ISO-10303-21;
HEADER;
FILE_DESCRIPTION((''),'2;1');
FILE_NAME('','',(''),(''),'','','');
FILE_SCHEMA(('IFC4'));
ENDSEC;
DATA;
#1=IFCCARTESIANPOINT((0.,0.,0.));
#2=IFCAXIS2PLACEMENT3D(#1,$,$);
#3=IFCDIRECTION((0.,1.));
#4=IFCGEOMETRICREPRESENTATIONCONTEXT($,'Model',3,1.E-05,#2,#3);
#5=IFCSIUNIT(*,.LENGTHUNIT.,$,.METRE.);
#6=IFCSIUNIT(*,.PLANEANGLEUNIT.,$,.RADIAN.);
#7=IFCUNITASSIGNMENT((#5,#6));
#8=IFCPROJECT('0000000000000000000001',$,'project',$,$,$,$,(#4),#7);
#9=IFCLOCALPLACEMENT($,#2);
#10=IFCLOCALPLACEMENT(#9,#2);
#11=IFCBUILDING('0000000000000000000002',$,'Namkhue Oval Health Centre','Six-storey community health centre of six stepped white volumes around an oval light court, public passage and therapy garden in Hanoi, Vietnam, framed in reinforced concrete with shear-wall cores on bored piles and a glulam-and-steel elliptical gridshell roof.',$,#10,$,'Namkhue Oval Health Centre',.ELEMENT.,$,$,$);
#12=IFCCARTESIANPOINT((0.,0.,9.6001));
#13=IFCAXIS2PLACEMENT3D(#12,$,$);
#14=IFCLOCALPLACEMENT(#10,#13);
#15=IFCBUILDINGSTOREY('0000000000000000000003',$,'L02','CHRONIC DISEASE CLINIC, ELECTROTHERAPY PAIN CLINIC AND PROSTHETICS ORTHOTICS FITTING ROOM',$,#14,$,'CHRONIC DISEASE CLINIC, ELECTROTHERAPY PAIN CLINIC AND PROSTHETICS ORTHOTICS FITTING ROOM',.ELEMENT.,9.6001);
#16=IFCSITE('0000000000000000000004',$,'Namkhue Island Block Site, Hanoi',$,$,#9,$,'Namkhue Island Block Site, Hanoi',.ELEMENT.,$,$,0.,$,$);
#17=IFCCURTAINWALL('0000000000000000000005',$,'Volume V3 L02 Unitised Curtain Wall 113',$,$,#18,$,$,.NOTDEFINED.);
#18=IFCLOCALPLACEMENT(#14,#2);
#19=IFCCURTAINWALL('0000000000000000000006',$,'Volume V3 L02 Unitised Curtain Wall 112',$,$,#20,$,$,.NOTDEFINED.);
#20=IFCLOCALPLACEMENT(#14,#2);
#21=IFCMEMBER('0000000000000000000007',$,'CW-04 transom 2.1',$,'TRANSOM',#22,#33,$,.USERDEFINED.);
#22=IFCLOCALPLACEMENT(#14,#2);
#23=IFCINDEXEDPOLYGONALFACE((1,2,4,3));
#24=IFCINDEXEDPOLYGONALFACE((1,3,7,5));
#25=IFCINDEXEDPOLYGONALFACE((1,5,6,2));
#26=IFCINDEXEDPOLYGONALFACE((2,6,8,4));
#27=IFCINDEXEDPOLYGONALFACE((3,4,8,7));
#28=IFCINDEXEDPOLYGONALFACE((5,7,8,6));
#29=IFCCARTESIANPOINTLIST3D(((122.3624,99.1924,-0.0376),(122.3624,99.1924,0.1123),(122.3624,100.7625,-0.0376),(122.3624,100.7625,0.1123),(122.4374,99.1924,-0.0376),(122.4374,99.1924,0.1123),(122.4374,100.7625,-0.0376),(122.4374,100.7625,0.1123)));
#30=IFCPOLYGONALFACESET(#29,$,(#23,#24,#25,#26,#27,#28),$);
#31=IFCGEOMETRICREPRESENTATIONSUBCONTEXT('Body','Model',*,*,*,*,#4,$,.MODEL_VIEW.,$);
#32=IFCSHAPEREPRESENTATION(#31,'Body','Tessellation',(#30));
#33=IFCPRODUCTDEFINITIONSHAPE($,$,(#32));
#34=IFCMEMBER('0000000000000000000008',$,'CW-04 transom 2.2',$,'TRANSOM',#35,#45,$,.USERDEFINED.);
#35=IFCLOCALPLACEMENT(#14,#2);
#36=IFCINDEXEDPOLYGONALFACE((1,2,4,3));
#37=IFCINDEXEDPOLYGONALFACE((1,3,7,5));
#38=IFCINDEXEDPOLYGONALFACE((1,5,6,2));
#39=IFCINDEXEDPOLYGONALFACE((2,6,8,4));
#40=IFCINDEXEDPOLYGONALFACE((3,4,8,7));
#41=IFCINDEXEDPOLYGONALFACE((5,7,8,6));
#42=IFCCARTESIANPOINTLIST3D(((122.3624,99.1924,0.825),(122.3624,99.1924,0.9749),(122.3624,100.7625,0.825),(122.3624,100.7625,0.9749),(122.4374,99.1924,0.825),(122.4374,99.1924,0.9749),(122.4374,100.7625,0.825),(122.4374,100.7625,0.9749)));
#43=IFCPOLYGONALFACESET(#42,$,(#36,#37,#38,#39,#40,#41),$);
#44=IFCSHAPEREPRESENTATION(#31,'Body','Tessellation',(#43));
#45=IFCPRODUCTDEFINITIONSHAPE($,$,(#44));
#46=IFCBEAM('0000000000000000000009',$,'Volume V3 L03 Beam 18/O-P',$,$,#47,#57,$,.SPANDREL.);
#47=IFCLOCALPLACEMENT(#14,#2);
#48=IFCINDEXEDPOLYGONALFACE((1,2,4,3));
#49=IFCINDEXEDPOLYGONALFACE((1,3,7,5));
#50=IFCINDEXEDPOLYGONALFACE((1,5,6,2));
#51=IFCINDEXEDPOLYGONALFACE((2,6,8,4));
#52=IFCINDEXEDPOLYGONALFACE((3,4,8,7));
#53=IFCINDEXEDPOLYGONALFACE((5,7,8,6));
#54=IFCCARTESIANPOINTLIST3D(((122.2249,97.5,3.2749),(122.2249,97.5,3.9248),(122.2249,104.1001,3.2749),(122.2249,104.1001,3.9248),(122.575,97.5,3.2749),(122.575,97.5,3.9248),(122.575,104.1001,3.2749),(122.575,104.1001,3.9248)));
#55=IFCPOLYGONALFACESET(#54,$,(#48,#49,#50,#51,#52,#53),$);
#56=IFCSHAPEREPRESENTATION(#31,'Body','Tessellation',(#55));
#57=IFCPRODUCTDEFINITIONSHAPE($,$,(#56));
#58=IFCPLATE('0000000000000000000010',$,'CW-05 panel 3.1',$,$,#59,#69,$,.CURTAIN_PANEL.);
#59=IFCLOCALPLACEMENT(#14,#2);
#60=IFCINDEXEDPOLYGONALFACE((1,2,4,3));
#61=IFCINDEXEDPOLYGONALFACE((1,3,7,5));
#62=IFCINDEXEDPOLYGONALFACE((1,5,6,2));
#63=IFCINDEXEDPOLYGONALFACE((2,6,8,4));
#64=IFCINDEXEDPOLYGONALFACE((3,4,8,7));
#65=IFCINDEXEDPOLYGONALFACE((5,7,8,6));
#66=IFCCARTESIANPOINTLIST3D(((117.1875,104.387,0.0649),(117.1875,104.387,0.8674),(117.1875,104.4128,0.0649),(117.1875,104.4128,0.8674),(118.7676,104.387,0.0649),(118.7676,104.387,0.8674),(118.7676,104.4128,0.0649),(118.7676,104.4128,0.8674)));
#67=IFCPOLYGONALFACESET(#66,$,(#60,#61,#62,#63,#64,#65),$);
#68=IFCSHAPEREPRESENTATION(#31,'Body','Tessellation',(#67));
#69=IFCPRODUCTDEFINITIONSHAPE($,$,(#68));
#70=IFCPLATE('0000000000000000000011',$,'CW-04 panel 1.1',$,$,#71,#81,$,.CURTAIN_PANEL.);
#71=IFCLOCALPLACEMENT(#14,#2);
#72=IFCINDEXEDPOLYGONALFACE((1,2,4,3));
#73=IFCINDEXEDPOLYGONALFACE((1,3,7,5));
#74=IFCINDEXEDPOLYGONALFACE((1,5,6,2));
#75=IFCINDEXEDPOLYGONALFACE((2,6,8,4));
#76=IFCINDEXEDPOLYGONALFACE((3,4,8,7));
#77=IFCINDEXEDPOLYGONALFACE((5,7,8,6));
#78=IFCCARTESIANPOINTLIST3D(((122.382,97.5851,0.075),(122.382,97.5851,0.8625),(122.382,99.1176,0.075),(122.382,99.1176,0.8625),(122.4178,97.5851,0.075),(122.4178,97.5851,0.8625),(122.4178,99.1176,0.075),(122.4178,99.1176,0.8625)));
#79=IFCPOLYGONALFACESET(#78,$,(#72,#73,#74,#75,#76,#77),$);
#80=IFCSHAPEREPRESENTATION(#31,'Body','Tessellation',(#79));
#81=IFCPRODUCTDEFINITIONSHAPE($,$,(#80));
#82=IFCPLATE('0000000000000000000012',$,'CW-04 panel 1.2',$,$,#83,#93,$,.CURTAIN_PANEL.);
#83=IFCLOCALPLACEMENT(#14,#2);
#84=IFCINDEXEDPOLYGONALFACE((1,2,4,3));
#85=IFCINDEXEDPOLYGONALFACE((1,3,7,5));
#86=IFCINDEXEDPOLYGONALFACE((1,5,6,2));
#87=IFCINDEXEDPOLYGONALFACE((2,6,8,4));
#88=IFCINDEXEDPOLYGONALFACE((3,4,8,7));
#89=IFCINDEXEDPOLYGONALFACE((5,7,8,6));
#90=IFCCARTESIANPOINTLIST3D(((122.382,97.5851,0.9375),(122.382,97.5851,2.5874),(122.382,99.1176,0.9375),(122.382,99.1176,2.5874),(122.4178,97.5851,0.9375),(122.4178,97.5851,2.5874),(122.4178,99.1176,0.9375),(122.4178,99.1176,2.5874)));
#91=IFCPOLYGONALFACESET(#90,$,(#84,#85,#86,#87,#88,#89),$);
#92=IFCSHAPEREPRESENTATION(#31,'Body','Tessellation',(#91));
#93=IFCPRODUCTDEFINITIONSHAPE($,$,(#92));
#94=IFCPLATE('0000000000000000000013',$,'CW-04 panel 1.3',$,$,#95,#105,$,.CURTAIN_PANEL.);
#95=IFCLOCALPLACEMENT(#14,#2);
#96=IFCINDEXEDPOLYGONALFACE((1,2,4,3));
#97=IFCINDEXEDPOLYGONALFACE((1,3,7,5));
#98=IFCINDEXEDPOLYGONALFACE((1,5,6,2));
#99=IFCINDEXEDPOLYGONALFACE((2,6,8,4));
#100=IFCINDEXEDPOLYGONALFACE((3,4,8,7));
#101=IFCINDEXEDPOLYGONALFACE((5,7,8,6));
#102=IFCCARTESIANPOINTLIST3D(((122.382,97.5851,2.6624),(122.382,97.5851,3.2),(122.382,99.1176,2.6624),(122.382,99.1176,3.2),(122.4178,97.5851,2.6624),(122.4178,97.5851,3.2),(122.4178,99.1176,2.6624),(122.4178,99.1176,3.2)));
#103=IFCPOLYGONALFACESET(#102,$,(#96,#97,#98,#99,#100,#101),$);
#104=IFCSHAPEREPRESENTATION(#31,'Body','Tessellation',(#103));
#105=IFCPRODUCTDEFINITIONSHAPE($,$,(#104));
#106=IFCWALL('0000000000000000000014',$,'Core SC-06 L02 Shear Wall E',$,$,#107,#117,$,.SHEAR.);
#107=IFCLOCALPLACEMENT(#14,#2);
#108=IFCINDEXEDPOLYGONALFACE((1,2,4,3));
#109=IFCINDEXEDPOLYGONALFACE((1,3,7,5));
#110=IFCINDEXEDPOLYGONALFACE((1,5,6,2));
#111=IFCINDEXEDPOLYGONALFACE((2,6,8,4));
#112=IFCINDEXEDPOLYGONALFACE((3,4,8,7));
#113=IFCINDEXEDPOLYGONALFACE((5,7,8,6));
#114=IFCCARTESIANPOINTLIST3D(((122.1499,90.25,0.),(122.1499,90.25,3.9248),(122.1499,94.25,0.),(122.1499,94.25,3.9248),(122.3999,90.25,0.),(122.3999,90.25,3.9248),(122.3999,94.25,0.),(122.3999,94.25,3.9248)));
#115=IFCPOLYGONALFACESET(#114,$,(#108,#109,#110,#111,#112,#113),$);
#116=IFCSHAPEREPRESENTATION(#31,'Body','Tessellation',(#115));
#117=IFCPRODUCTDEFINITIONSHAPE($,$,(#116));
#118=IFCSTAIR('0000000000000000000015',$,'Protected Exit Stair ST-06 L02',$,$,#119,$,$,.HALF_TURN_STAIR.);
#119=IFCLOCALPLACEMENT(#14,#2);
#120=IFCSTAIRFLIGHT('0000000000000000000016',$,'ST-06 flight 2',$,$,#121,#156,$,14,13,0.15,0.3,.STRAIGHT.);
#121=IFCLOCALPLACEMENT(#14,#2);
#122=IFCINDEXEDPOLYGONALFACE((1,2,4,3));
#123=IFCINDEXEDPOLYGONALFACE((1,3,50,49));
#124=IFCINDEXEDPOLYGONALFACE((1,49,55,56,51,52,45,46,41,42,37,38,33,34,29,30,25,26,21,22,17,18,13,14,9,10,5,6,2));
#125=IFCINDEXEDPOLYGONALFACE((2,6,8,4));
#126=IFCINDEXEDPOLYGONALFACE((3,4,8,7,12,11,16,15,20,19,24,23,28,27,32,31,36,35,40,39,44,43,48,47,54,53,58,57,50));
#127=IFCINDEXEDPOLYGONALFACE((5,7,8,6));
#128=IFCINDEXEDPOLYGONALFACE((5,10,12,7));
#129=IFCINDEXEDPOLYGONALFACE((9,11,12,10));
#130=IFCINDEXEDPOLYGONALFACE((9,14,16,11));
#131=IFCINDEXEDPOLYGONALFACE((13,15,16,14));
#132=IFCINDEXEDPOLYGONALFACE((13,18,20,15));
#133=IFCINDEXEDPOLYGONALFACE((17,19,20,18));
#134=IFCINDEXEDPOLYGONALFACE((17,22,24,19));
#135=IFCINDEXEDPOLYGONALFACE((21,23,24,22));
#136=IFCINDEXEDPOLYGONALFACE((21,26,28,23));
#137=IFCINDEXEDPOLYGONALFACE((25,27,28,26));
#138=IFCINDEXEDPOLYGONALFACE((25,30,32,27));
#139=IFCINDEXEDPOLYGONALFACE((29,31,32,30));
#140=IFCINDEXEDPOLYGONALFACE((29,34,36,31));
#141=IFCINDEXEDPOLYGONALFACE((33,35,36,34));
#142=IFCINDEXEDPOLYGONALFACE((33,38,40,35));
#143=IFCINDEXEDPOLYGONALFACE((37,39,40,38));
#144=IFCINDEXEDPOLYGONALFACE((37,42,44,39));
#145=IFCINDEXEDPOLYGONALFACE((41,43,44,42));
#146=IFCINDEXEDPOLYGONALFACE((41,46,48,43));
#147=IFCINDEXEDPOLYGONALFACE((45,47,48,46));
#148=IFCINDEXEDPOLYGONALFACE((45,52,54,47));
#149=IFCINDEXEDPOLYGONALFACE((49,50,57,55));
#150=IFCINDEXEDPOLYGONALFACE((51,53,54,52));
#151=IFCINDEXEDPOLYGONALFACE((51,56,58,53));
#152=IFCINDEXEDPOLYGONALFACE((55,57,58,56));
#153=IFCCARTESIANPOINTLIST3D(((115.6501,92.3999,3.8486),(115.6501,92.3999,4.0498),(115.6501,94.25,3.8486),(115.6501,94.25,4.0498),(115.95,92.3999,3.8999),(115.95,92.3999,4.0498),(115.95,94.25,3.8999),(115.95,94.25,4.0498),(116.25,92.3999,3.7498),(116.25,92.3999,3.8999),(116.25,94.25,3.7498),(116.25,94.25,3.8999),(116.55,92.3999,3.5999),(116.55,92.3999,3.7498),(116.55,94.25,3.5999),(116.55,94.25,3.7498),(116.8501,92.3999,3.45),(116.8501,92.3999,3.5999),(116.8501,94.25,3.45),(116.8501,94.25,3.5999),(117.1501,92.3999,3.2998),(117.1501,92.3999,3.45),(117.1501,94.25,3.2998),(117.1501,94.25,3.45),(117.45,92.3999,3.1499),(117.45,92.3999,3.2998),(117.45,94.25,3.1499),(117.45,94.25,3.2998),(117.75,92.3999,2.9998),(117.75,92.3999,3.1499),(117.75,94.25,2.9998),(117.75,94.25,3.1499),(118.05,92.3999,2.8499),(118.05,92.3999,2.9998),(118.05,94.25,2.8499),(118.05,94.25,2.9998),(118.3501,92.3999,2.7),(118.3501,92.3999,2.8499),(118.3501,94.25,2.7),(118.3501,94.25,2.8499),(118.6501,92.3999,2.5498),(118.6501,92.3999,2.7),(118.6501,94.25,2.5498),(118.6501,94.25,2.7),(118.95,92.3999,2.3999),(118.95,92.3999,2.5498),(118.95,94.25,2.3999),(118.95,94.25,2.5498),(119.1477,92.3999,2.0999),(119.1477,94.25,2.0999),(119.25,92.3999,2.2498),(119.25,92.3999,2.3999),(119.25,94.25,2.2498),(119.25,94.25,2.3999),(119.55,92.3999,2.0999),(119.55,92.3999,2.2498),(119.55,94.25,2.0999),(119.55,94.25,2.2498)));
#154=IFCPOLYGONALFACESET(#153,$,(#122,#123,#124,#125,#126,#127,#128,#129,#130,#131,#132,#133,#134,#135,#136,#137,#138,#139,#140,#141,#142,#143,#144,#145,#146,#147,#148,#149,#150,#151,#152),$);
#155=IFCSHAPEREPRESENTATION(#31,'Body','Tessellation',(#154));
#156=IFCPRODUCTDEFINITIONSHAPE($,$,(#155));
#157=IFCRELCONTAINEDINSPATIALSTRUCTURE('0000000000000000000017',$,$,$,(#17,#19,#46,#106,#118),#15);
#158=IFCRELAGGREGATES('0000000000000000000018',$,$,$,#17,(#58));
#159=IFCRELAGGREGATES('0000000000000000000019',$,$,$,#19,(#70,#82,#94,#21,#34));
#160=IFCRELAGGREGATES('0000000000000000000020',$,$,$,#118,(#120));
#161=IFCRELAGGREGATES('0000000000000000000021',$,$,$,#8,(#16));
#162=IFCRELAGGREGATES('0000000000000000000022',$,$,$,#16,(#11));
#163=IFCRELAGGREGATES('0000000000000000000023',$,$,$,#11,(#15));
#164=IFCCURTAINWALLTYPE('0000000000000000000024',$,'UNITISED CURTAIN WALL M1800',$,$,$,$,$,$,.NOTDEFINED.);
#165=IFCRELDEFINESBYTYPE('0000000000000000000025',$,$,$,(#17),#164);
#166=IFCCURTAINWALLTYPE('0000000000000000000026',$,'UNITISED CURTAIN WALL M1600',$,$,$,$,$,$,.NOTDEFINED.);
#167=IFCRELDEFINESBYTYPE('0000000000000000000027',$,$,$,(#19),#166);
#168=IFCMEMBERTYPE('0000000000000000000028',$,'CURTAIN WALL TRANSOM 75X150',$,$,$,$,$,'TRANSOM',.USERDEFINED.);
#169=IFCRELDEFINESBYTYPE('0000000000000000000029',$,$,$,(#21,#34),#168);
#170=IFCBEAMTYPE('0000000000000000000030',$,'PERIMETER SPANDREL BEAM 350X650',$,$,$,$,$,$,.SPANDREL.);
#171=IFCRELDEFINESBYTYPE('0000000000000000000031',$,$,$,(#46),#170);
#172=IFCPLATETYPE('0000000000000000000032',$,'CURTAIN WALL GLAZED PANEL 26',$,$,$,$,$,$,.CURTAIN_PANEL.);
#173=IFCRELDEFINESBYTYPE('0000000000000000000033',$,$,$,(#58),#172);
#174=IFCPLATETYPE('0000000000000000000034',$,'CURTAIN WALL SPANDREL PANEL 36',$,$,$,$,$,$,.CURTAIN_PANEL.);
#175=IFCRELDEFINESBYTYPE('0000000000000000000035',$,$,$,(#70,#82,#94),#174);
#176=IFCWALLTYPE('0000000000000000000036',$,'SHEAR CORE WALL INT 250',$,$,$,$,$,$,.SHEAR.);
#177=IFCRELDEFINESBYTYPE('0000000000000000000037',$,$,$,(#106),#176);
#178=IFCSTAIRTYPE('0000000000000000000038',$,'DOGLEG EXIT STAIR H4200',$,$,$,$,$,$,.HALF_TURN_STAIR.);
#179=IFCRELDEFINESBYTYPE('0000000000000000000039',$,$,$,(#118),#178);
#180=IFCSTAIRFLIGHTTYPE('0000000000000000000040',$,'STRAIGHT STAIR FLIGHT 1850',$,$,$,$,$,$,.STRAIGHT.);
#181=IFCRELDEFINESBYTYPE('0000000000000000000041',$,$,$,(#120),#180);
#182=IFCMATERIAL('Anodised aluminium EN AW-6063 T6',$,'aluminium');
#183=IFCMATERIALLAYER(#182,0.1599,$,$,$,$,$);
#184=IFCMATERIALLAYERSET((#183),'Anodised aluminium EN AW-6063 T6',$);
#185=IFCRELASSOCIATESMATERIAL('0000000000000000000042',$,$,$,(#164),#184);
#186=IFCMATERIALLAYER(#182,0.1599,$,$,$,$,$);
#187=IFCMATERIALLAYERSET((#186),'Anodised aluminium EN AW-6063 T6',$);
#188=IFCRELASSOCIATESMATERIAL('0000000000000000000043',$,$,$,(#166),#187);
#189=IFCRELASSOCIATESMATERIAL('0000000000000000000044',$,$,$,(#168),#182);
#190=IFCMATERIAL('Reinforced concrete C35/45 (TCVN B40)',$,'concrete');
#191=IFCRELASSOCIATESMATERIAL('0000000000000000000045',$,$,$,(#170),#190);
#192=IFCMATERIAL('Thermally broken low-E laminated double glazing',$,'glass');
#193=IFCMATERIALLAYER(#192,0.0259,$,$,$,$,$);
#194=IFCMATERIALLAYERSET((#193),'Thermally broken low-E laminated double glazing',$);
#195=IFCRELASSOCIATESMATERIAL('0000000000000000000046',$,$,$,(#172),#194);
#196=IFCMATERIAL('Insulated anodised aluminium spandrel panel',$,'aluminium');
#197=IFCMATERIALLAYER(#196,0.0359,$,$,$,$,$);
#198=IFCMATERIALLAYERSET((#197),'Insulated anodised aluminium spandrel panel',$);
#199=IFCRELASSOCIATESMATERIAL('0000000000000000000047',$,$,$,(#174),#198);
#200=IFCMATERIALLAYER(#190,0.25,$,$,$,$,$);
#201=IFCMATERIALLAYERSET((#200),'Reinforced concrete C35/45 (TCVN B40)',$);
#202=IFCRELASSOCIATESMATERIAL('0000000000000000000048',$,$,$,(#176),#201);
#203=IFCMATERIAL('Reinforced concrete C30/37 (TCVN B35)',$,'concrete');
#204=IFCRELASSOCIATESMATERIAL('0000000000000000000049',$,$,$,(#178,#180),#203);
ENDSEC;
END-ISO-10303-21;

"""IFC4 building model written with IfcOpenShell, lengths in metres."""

from ifc_helpers import new_model, si_unit, direction, frame, frame_2d, origin, origin_2d, place, context, subcontext, project, spatial, polyline, rectangle, outline, extrude, material, layer, layer_set, material_profile, profile_set, type_object, element, aggregate, save


model = new_model("IFC4")

# Units and contexts
model_context = context("Model", 3, precision=1e-05, world=origin(), true_north=direction((0.0, 1.0)))
body_context = subcontext(model_context, "Body", "Model", "MODEL_VIEW")
ifc_project = project(units=[si_unit("LENGTHUNIT", "METRE"), si_unit("PLANEANGLEUNIT", "RADIAN")], contexts=[model_context])

# Site, building, storey
site_placement = place(None, origin())
site = spatial("IfcSite", under=ifc_project, at=site_placement, Name="Namkhue Island Block Site, Hanoi", LongName="Namkhue Island Block Site, Hanoi", CompositionType="ELEMENT", RefElevation=0.0)
building_placement = place(site_placement, origin())
building = spatial("IfcBuilding", under=site, at=building_placement, Name="Namkhue Oval Health Centre", Description="Six-storey community health centre of six stepped white volumes around an oval light court, public passage and therapy garden in Hanoi, Vietnam, framed in reinforced concrete with shear-wall cores on bored piles and a glulam-and-steel elliptical gridshell roof.", LongName="Namkhue Oval Health Centre", CompositionType="ELEMENT")
storey_placement = place(building_placement, frame((0.0, 0.0, 9.6001)))
storey = spatial("IfcBuildingStorey", under=building, at=storey_placement, Name="L02", Description="CHRONIC DISEASE CLINIC, ELECTROTHERAPY PAIN CLINIC AND PROSTHETICS ORTHOTICS FITTING ROOM", LongName="CHRONIC DISEASE CLINIC, ELECTROTHERAPY PAIN CLINIC AND PROSTHETICS ORTHOTICS FITTING ROOM", CompositionType="ELEMENT", Elevation=9.6001)

# Shared definitions
ifc_material_1 = material(Name="Reinforced concrete C35/45 (TCVN B40)", Category="concrete")

# Curtain wall
ifc_material_2 = material(Name="Anodised aluminium EN AW-6063 T6", Category="aluminium")
ifc_layer_1 = layer(ifc_material_2, 0.1599)
ifc_layer_set_1 = layer_set([ifc_layer_1], Name="Anodised aluminium EN AW-6063 T6")
curtain_wall_type_1 = type_object("IfcCurtainWallType", Name="UNITISED CURTAIN WALL M1800", PredefinedType="NOTDEFINED", material=ifc_layer_set_1)
curtain_wall_1_placement = place(storey_placement, origin())
curtain_wall_1 = element("IfcCurtainWall", 1, at=curtain_wall_1_placement, inside=storey, type_object=curtain_wall_type_1, Name="Volume V3 L02 Unitised Curtain Wall 113", PredefinedType="NOTDEFINED")

# Curtain wall
ifc_layer_2 = layer(ifc_material_2, 0.1599)
ifc_layer_set_2 = layer_set([ifc_layer_2], Name="Anodised aluminium EN AW-6063 T6")
curtain_wall_type_2 = type_object("IfcCurtainWallType", Name="UNITISED CURTAIN WALL M1600", PredefinedType="NOTDEFINED", material=ifc_layer_set_2)
curtain_wall_2_placement = place(storey_placement, origin())
curtain_wall_2 = element("IfcCurtainWall", 2, at=curtain_wall_2_placement, inside=storey, type_object=curtain_wall_type_2, Name="Volume V3 L02 Unitised Curtain Wall 112", PredefinedType="NOTDEFINED")

# Members
ifc_material_profile_1 = material_profile(ifc_material_2, rectangle(XDim=0.075, YDim=0.1499, at=origin_2d()), Name="ALU 75x150")
ifc_profile_set_1 = profile_set([ifc_material_profile_1], Name="Anodised aluminium EN AW-6063 T6")
member_type_1 = type_object("IfcMemberType", Name="CURTAIN WALL TRANSOM 75X150", ElementType="TRANSOM", PredefinedType="USERDEFINED", material=ifc_profile_set_1)
member_1_placement = place(storey_placement, frame((122.3999, 99.1924, 0.0374), z_axis=(0.0, 1.0, 0.0), x_axis=(-1.0, 0.0, 0.0)))
member_1 = element("IfcMember", 3, at=member_1_placement, type_object=member_type_1, Name="CW-04 transom 2.1", ObjectType="TRANSOM", PredefinedType="USERDEFINED", context=body_context, shape_type="SweptSolid", body=[
    extrude(rectangle(XDim=0.075, YDim=0.1499, at=origin_2d()), origin(), (0.0, 0.0, 1.0), 1.5701),
])
member_2_placement = place(storey_placement, frame((122.3999, 99.1924, 0.8999), z_axis=(0.0, 1.0, 0.0), x_axis=(-1.0, 0.0, 0.0)))
member_2 = element("IfcMember", 4, at=member_2_placement, type_object=member_type_1, Name="CW-04 transom 2.2", ObjectType="TRANSOM", PredefinedType="USERDEFINED", context=body_context, shape_type="SweptSolid", body=[
    extrude(rectangle(XDim=0.075, YDim=0.1499, at=origin_2d()), origin(), (0.0, 0.0, 1.0), 1.5701),
])

# Beam
ifc_material_profile_2 = material_profile(ifc_material_1, rectangle(XDim=0.3501, YDim=0.6499, at=origin_2d()), Name="RC 350x650")
ifc_profile_set_2 = profile_set([ifc_material_profile_2], Name="Reinforced concrete C35/45 (TCVN B40)")
beam_type = type_object("IfcBeamType", Name="PERIMETER SPANDREL BEAM 350X650", PredefinedType="SPANDREL", material=ifc_profile_set_2)
beam_placement = place(storey_placement, frame((122.3999, 97.5, 3.5999), z_axis=(0.0, 1.0, 0.0), x_axis=(-1.0, 0.0, 0.0)))
element("IfcBeam", 5, at=beam_placement, inside=storey, type_object=beam_type, Name="Volume V3 L03 Beam 18/O-P", PredefinedType="SPANDREL", context=body_context, shape_type="SweptSolid", body=[
    extrude(rectangle(XDim=0.3501, YDim=0.6499, at=origin_2d()), origin(), (0.0, 0.0, 1.0), 6.6001),
])

# Plates
ifc_material_3 = material(Name="Thermally broken low-E laminated double glazing", Category="glass")
ifc_layer_3 = layer(ifc_material_3, 0.0259)
ifc_layer_set_3 = layer_set([ifc_layer_3], Name="Thermally broken low-E laminated double glazing")
plate_type_1 = type_object("IfcPlateType", Name="CURTAIN WALL GLAZED PANEL 26", PredefinedType="CURTAIN_PANEL", material=ifc_layer_set_3)
plate_1_placement = place(storey_placement, frame((117.9775, 104.3999, 0.0649), z_axis=(0.0, 0.0, 1.0), x_axis=(-1.0, 0.0, 0.0)))
plate_1 = element("IfcPlate", 6, at=plate_1_placement, type_object=plate_type_1, Name="CW-05 panel 3.1", PredefinedType="CURTAIN_PANEL", context=body_context, shape_type="SweptSolid", body=[
    extrude(rectangle(XDim=1.5801, YDim=0.0259, at=origin_2d()), origin(), (0.0, 0.0, 1.0), 0.8025),
])
aggregate(curtain_wall_1, [plate_1])
ifc_material_4 = material(Name="Insulated anodised aluminium spandrel panel", Category="aluminium")
ifc_layer_4 = layer(ifc_material_4, 0.0359)
ifc_layer_set_4 = layer_set([ifc_layer_4], Name="Insulated anodised aluminium spandrel panel")
plate_type_2 = type_object("IfcPlateType", Name="CURTAIN WALL SPANDREL PANEL 36", PredefinedType="CURTAIN_PANEL", material=ifc_layer_set_4)
plate_2_placement = place(storey_placement, frame((122.3999, 98.3513, 0.075), z_axis=(0.0, 0.0, 1.0), x_axis=(0.0, 1.0, 0.0)))
plate_2 = element("IfcPlate", 7, at=plate_2_placement, type_object=plate_type_2, Name="CW-04 panel 1.1", PredefinedType="CURTAIN_PANEL", context=body_context, shape_type="SweptSolid", body=[
    extrude(rectangle(XDim=1.5325, YDim=0.0359, at=origin_2d()), origin(), (0.0, 0.0, 1.0), 0.7876),
])
plate_3_placement = place(storey_placement, frame((122.3999, 98.3513, 0.9375), z_axis=(0.0, 0.0, 1.0), x_axis=(0.0, 1.0, 0.0)))
plate_3 = element("IfcPlate", 8, at=plate_3_placement, type_object=plate_type_2, Name="CW-04 panel 1.2", PredefinedType="CURTAIN_PANEL", context=body_context, shape_type="SweptSolid", body=[
    extrude(rectangle(XDim=1.5325, YDim=0.0359, at=origin_2d()), origin(), (0.0, 0.0, 1.0), 1.6499),
])
plate_4_placement = place(storey_placement, frame((122.3999, 98.3513, 2.6624), z_axis=(0.0, 0.0, 1.0), x_axis=(0.0, 1.0, 0.0)))
plate_4 = element("IfcPlate", 9, at=plate_4_placement, type_object=plate_type_2, Name="CW-04 panel 1.3", PredefinedType="CURTAIN_PANEL", context=body_context, shape_type="SweptSolid", body=[
    extrude(rectangle(XDim=1.5325, YDim=0.0359, at=origin_2d()), origin(), (0.0, 0.0, 1.0), 0.5376),
])
aggregate(curtain_wall_2, [plate_2, plate_3, plate_4, member_1, member_2])

# Wall
ifc_layer_5 = layer(ifc_material_1, 0.25)
ifc_layer_set_5 = layer_set([ifc_layer_5], Name="Reinforced concrete C35/45 (TCVN B40)")
wall_type = type_object("IfcWallType", Name="SHEAR CORE WALL INT 250", PredefinedType="SHEAR", material=ifc_layer_set_5)
wall_1_placement = place(storey_placement, frame((122.2749, 90.25, 0.0), z_axis=(0.0, 0.0, 1.0), x_axis=(0.0, 1.0, 0.0)))
element("IfcWall", 10, at=wall_1_placement, inside=storey, type_object=wall_type, Name="Core SC-06 L02 Shear Wall E", PredefinedType="SHEAR", context=body_context, shape_type="SweptSolid", body=[
    extrude(rectangle(XDim=4.0, YDim=0.25, at=frame_2d((2.0, 0.0))), origin(), (0.0, 0.0, 1.0), 3.9248),
])

# Stair, stair flight
ifc_material_5 = material(Name="Reinforced concrete C30/37 (TCVN B35)", Category="concrete")
stair_type = type_object("IfcStairType", Name="DOGLEG EXIT STAIR H4200", PredefinedType="HALF_TURN_STAIR", material=ifc_material_5)
stair_placement = place(storey_placement, origin())
stair = element("IfcStair", 11, at=stair_placement, inside=storey, type_object=stair_type, Name="Protected Exit Stair ST-06 L02", PredefinedType="HALF_TURN_STAIR")
stair_flight_type = type_object("IfcStairFlightType", Name="STRAIGHT STAIR FLIGHT 1850", PredefinedType="STRAIGHT", material=ifc_material_5)
stair_flight_placement = place(storey_placement, frame((119.55, 93.325, 2.0999), z_axis=(0.0, 0.0, 1.0), x_axis=(-1.0, 0.0, 0.0)))
stair_flight = element("IfcStairFlight", 12, at=stair_flight_placement, type_object=stair_flight_type, Name="ST-06 flight 2", NumberOfRisers=14, NumberOfTreads=13, PredefinedType="STRAIGHT", RiserHeight=0.15, TreadLength=0.3, context=body_context, shape_type="SweptSolid", body=[
    extrude(outline(polyline([(0.0, 0.0), (0.0, 0.1499), (0.3, 0.1499), (0.3, 0.3), (0.6001, 0.3), (0.6001, 0.45), (0.8999, 0.45), (0.8999, 0.6001), (1.2, 0.6001), (1.2, 0.75), (1.5, 0.75), (1.5, 0.8999), (1.8, 0.8999), (1.8, 1.05), (2.1001, 1.05), (2.1001, 1.2), (2.3999, 1.2), (2.3999, 1.3501), (2.7, 1.3501), (2.7, 1.5), (3.0, 1.5), (3.0, 1.6499), (3.3, 1.6499), (3.3, 1.8), (3.6001, 1.8), (3.6001, 1.95), (3.8999, 1.95), (3.8999, 2.1001), (3.8999, 1.7488), (0.4023, 0.0), (0.0, 0.0)])), frame((0.0, 0.925, 0.0), z_axis=(0.0, -1.0, 0.0), x_axis=(1.0, 0.0, 0.0)), (0.0, 0.0, 1.0), 1.8501),
])
aggregate(stair, [stair_flight])

save(model, "model.ifc")
